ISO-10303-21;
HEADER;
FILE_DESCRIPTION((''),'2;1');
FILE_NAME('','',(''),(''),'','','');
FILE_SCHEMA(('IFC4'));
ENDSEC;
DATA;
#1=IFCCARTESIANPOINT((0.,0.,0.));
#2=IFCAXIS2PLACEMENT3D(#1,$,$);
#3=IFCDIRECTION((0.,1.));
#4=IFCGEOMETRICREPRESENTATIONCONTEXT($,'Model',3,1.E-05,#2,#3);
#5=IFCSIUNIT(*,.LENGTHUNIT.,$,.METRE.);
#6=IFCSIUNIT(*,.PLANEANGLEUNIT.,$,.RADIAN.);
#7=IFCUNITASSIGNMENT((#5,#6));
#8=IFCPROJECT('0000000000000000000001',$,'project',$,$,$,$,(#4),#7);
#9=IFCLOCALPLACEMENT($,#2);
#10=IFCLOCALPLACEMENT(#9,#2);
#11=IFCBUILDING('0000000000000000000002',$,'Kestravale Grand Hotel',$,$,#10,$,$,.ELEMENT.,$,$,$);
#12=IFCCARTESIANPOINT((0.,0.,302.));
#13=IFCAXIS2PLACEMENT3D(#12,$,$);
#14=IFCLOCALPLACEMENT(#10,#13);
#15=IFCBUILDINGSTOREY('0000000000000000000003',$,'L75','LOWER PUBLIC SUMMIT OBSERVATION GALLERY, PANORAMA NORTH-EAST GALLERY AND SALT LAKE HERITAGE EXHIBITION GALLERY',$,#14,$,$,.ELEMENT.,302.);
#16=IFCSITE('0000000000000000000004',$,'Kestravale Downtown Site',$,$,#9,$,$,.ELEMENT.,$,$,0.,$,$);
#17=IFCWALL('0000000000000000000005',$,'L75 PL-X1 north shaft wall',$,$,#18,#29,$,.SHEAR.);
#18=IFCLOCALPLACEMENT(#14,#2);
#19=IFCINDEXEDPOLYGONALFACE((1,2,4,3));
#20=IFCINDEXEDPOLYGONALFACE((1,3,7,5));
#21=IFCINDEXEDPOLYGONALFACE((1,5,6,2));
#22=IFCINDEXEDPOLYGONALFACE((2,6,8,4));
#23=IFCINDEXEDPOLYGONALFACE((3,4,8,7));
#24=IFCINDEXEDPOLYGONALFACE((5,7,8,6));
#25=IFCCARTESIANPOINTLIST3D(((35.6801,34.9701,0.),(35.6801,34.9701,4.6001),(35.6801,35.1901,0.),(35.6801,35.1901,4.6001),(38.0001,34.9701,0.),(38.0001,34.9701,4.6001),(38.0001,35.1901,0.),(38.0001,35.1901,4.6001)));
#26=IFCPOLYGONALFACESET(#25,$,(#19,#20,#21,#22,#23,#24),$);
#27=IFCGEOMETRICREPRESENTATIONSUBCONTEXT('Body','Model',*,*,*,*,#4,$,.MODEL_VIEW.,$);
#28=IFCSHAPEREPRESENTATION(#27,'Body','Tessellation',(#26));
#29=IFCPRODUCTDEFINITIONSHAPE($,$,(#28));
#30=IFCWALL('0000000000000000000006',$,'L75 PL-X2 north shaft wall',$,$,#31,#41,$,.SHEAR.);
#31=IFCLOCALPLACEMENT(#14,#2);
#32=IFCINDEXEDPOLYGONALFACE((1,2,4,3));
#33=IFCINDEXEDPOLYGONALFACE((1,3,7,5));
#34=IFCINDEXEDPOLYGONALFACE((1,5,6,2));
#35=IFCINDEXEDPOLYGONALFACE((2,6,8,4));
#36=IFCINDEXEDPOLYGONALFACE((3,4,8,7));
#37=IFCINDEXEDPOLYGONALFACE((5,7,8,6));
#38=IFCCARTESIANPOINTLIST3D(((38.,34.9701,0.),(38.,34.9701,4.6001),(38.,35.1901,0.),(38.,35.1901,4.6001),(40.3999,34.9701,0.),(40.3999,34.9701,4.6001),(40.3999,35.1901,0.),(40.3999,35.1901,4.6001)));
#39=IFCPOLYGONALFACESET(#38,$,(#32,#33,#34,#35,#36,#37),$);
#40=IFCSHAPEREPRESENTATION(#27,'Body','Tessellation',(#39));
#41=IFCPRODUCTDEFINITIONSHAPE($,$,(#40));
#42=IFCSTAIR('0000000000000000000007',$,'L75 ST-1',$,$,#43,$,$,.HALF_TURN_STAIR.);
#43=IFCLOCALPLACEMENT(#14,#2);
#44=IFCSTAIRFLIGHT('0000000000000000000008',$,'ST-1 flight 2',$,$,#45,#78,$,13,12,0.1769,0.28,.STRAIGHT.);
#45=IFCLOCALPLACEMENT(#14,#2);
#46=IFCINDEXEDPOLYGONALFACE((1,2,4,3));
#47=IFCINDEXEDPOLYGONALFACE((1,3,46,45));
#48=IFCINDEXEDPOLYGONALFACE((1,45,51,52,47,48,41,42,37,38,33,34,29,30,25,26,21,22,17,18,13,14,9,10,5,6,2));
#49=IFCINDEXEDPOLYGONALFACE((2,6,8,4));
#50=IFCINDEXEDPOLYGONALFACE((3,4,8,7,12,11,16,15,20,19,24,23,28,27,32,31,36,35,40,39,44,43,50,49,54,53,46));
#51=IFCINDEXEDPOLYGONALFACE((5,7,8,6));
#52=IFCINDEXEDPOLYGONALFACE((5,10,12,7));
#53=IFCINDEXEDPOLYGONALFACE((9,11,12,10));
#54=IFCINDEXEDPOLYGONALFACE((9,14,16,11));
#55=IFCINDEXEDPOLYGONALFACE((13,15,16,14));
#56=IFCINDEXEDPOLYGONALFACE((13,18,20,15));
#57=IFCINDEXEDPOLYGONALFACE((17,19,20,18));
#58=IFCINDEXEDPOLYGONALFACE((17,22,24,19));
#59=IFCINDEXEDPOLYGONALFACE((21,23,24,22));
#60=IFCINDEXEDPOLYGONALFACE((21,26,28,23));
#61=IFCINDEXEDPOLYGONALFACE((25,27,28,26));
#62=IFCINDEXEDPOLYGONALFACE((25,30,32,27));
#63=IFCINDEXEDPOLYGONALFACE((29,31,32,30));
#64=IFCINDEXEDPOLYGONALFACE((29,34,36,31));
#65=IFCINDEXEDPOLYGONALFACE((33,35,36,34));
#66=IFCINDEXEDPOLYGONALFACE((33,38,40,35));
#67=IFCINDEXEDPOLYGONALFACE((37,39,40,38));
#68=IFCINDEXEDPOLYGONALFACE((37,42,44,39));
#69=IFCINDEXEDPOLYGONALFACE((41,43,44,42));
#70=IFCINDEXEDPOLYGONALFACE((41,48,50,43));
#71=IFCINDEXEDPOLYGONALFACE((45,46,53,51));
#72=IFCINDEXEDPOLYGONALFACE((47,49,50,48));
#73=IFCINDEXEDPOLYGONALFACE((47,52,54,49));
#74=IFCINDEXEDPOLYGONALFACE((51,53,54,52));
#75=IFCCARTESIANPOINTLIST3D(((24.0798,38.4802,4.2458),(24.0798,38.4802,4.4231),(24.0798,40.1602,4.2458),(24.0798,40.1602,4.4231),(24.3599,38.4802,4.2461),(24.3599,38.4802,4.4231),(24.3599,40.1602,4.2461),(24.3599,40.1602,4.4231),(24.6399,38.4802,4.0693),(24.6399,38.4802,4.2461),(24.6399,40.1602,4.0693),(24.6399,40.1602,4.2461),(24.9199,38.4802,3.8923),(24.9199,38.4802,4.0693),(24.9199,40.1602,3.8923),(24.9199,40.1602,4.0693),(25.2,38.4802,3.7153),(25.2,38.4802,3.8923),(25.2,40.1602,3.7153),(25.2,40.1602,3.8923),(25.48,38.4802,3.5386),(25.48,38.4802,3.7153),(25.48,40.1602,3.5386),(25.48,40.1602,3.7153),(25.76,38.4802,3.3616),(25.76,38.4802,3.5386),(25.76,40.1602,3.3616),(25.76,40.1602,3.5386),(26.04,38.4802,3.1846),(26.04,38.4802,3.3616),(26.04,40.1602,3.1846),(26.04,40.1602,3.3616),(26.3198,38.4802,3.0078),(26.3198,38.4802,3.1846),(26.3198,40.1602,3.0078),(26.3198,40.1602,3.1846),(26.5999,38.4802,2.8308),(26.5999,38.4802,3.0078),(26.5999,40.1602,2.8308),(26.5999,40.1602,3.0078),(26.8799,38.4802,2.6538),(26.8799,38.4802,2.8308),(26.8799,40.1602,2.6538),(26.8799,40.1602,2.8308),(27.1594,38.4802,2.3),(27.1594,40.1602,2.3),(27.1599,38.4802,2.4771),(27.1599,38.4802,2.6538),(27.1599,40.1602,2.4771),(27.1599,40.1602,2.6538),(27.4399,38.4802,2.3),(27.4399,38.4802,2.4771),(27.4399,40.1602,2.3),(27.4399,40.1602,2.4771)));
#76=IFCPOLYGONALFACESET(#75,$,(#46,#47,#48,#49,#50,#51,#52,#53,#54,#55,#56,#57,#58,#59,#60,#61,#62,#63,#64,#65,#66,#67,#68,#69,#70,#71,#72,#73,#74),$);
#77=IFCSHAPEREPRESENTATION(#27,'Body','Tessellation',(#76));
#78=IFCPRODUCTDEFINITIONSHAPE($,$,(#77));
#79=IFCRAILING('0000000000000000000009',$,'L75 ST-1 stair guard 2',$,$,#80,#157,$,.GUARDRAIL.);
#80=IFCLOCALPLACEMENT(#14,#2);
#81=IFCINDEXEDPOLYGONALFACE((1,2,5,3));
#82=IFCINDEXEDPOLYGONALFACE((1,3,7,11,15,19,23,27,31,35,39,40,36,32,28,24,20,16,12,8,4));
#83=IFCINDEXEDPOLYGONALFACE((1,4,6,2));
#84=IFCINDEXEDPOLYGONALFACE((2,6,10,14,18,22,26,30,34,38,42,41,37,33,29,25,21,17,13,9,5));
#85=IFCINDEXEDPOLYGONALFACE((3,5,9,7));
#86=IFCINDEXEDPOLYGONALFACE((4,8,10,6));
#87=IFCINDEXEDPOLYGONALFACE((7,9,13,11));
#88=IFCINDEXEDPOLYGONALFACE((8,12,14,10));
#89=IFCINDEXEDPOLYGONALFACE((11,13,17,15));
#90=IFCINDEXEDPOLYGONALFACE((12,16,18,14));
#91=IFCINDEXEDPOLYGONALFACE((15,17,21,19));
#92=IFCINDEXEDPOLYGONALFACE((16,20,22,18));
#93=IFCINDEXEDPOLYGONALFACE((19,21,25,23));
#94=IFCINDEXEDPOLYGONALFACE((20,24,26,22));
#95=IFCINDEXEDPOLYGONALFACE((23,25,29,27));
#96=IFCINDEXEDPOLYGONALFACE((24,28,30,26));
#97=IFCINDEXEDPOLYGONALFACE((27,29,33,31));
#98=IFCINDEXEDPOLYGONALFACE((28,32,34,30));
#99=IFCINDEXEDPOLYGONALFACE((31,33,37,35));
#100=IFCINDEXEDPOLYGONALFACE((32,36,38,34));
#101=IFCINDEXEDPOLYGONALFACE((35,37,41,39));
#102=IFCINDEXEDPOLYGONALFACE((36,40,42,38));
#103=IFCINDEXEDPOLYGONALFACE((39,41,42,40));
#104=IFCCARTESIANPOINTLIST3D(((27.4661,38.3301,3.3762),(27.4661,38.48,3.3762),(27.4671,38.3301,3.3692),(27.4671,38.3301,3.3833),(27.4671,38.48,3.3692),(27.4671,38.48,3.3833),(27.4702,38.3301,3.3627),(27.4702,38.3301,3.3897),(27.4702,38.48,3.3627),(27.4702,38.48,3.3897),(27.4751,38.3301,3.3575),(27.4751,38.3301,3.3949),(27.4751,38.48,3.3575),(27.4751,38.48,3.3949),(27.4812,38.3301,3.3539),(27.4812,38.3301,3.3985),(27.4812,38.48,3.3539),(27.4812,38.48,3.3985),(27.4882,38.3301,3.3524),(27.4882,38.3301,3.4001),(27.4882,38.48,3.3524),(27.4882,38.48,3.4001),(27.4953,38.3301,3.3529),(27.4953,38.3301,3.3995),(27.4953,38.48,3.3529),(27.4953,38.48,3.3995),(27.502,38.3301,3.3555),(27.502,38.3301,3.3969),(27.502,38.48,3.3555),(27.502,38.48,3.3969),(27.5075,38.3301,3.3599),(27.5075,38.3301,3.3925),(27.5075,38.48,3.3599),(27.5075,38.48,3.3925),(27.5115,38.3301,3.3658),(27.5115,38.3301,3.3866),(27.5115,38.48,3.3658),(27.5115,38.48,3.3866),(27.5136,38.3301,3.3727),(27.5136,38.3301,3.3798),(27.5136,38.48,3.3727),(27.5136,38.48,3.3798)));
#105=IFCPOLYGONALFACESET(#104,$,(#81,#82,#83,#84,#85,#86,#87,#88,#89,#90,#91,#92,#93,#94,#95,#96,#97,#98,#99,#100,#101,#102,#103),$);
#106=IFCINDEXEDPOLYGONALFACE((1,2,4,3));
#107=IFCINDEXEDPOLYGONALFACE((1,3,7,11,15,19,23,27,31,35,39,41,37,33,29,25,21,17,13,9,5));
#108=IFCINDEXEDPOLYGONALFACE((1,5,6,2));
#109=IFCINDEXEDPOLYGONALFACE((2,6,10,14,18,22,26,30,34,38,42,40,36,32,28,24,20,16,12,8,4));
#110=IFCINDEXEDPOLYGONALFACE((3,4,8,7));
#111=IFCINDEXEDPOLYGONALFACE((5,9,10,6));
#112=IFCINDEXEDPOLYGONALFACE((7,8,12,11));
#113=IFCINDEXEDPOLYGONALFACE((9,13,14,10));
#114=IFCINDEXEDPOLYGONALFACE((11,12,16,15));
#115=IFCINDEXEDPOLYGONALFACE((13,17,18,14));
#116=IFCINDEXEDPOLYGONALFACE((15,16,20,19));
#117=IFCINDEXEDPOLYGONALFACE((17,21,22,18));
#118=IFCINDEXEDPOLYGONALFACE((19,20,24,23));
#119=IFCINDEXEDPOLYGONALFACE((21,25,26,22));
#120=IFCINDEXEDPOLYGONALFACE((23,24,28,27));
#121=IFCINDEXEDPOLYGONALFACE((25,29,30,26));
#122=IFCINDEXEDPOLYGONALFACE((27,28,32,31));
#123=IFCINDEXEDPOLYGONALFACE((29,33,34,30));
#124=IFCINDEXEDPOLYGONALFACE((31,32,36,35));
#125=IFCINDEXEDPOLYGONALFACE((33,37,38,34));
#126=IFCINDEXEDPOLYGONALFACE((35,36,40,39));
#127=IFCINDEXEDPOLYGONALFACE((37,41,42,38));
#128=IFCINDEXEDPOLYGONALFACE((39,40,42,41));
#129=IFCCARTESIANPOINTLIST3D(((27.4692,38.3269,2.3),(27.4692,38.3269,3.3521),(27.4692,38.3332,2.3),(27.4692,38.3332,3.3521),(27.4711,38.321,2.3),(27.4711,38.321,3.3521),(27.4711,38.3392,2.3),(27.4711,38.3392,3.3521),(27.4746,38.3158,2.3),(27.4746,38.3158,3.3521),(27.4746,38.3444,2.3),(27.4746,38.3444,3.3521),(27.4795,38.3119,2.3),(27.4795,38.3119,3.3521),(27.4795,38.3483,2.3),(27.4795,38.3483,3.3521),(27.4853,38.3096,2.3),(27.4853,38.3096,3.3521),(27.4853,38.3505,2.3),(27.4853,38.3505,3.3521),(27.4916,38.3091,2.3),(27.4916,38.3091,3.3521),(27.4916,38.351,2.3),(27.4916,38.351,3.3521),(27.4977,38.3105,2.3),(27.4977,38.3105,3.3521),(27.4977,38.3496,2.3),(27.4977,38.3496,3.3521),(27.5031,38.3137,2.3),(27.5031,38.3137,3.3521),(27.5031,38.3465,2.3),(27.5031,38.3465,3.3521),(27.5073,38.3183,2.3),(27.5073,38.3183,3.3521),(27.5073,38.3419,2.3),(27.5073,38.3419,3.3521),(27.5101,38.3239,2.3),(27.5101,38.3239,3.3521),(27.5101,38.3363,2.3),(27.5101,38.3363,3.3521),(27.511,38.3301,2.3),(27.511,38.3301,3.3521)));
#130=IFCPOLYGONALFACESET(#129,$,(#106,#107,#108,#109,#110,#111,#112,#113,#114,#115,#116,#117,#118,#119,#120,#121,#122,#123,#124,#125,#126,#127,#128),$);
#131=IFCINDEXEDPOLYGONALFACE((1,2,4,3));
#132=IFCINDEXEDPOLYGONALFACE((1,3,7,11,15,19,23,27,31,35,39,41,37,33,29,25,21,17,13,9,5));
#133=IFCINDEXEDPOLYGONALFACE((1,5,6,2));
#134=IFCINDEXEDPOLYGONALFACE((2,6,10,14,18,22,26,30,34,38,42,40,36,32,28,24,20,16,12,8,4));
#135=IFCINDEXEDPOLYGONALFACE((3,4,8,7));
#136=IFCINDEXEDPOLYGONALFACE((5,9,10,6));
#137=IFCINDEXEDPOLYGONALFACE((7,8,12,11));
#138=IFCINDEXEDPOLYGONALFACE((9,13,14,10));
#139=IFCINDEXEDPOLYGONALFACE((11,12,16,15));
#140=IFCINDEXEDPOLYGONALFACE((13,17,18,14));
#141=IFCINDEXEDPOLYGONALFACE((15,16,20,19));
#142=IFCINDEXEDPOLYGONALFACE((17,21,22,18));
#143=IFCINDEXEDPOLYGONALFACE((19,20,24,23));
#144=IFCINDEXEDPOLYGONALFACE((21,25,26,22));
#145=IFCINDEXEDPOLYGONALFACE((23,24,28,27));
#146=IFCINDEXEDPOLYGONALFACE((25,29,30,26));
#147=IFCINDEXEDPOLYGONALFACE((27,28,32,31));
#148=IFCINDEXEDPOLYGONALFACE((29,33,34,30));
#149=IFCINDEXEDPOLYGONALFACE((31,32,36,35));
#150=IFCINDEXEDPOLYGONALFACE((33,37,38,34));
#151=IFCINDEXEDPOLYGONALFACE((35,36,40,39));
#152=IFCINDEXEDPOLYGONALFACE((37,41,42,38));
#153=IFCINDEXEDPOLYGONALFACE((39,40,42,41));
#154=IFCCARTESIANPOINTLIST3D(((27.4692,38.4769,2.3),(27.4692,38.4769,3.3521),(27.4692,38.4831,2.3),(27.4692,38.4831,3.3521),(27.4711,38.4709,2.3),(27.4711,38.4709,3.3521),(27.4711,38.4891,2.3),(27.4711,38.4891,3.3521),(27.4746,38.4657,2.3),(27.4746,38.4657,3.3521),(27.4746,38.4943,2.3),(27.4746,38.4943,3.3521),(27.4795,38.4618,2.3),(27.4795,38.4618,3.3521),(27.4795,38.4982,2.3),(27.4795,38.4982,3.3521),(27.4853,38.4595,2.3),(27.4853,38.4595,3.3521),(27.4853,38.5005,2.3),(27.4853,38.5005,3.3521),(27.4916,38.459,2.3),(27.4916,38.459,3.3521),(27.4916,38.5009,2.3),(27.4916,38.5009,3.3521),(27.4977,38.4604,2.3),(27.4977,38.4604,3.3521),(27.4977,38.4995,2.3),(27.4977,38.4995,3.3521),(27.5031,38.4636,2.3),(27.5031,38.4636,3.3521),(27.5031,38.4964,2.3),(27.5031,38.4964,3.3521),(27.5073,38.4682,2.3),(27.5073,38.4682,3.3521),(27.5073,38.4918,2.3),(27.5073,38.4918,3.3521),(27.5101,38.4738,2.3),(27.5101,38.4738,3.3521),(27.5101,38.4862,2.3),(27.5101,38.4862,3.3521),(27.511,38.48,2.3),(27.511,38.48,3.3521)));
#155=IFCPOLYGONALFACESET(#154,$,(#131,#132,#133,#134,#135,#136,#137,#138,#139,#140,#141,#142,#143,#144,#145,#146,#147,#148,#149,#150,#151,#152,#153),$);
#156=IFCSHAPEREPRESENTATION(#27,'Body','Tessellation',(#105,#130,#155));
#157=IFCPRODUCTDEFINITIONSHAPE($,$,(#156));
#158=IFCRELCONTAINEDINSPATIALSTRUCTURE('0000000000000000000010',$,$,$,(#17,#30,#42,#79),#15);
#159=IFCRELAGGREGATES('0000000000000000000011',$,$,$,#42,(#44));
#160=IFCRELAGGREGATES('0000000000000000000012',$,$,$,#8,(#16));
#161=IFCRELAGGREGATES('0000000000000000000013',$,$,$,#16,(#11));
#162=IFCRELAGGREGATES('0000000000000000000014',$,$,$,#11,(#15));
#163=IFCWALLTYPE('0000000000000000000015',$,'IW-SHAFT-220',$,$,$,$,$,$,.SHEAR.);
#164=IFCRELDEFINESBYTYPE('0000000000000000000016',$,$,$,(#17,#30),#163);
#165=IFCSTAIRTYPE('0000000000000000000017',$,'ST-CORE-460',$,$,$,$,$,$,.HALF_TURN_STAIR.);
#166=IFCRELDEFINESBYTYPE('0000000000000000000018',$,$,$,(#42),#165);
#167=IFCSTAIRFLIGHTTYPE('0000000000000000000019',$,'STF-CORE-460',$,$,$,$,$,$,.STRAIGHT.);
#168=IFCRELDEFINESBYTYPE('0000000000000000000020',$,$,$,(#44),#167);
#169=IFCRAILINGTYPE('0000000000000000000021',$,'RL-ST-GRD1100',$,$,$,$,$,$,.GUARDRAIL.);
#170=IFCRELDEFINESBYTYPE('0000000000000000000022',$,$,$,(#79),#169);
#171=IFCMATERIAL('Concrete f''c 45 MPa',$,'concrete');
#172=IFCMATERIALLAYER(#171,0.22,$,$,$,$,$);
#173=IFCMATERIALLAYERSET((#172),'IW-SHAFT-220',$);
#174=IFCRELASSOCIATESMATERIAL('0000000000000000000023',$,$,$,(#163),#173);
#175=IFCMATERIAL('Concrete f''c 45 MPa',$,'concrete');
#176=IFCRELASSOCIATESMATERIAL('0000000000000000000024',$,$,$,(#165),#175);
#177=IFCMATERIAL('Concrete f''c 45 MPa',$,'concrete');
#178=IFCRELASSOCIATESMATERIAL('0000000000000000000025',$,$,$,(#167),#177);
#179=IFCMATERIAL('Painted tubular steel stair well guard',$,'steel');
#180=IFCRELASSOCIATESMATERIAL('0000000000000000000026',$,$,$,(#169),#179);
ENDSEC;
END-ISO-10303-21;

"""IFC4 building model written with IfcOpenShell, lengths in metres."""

from ifc_helpers import new_model, si_unit, direction, frame, frame_2d, origin, origin_2d, place, context, subcontext, project, spatial, polyline, rectangle, circle, outline, extrude, material, layer, layer_set, type_object, element, aggregate, save


model = new_model("IFC4")

# Units and contexts
model_context = context("Model", 3, precision=1e-05, world=origin(), true_north=direction((0.0, 1.0)))
body_context = subcontext(model_context, "Body", "Model", "MODEL_VIEW")
ifc_project = project(units=[si_unit("LENGTHUNIT", "METRE"), si_unit("PLANEANGLEUNIT", "RADIAN")], contexts=[model_context])

# Site, building, storey
site_placement = place(None, origin())
site = spatial("IfcSite", under=ifc_project, at=site_placement, Name="Kestravale Downtown Site", CompositionType="ELEMENT", RefElevation=0.0)
building_placement = place(site_placement, origin())
building = spatial("IfcBuilding", under=site, at=building_placement, Name="Kestravale Grand Hotel", CompositionType="ELEMENT")
storey_placement = place(building_placement, frame((0.0, 0.0, 302.0)))
storey = spatial("IfcBuildingStorey", under=building, at=storey_placement, Name="L75", Description="LOWER PUBLIC SUMMIT OBSERVATION GALLERY, PANORAMA NORTH-EAST GALLERY AND SALT LAKE HERITAGE EXHIBITION GALLERY", CompositionType="ELEMENT", Elevation=302.0)

# Walls
ifc_material_1 = material(Name="Concrete f'c 45 MPa", Category="concrete")
ifc_layer_1 = layer(ifc_material_1, 0.22)
ifc_layer_set_1 = layer_set([ifc_layer_1], Name="IW-SHAFT-220")
wall_type_1 = type_object("IfcWallType", Name="IW-SHAFT-220", PredefinedType="SHEAR", material=ifc_layer_set_1)
wall_1_placement = place(storey_placement, frame((35.6799, 35.0801, 0.0), z_axis=(0.0, 0.0, 1.0), x_axis=(1.0, 0.0, 0.0)))
element("IfcWall", 1, at=wall_1_placement, inside=storey, type_object=wall_type_1, Name="L75 PL-X1 north shaft wall", PredefinedType="SHEAR", context=body_context, shape_type="SweptSolid", body=[
    extrude(rectangle(XDim=2.3201, YDim=0.22, at=frame_2d((1.1602, 0.0))), origin(), (0.0, 0.0, 1.0), 4.6001),
])
wall_2_placement = place(storey_placement, frame((38.0, 35.0801, 0.0), z_axis=(0.0, 0.0, 1.0), x_axis=(1.0, 0.0, 0.0)))
element("IfcWall", 2, at=wall_2_placement, inside=storey, type_object=wall_type_1, Name="L75 PL-X2 north shaft wall", PredefinedType="SHEAR", context=body_context, shape_type="SweptSolid", body=[
    extrude(rectangle(XDim=2.3999, YDim=0.22, at=frame_2d((1.2, 0.0))), origin(), (0.0, 0.0, 1.0), 4.6001),
])

# Stair, stair flight
ifc_material_2 = material(Name="Concrete f'c 45 MPa", Category="concrete")
stair_type = type_object("IfcStairType", Name="ST-CORE-460", PredefinedType="HALF_TURN_STAIR", material=ifc_material_2)
stair_placement = place(storey_placement, origin())
stair = element("IfcStair", 3, at=stair_placement, inside=storey, type_object=stair_type, Name="L75 ST-1", PredefinedType="HALF_TURN_STAIR")
ifc_material_3 = material(Name="Concrete f'c 45 MPa", Category="concrete")
stair_flight_type = type_object("IfcStairFlightType", Name="STF-CORE-460", PredefinedType="STRAIGHT", material=ifc_material_3)
stair_flight_placement = place(storey_placement, frame((27.4399, 39.3201, 2.3), z_axis=(0.0, 0.0, 1.0), x_axis=(-1.0, 0.0, 0.0)))
stair_flight = element("IfcStairFlight", 4, at=stair_flight_placement, type_object=stair_flight_type, Name="ST-1 flight 2", NumberOfRisers=13, NumberOfTreads=12, PredefinedType="STRAIGHT", RiserHeight=0.1769, TreadLength=0.28, context=body_context, shape_type="SweptSolid", body=[
    extrude(outline(polyline([(0.0, 0.0), (0.0, 0.177), (0.28, 0.177), (0.28, 0.3538), (0.5601, 0.3538), (0.5601, 0.5308), (0.8401, 0.5308), (0.8401, 0.7078), (1.1201, 0.7078), (1.1201, 0.8845), (1.3999, 0.8845), (1.3999, 1.0615), (1.6799, 1.0615), (1.6799, 1.2385), (1.96, 1.2385), (1.96, 1.4153), (2.24, 1.4153), (2.24, 1.5923), (2.52, 1.5923), (2.52, 1.7693), (2.8, 1.7693), (2.8, 1.946), (3.0801, 1.946), (3.0801, 2.123), (3.3601, 2.123), (3.3601, 2.3), (3.3601, 1.9458), (0.2805, 0.0), (0.0, 0.0)])), frame((0.0, 0.8398, 0.0), z_axis=(0.0, -1.0, 0.0), x_axis=(1.0, 0.0, 0.0)), (0.0, 0.0, 1.0), 1.6799),
])
aggregate(stair, [stair_flight])

# Railing
ifc_material_4 = material(Name="Painted tubular steel stair well guard", Category="steel")
railing_type_1 = type_object("IfcRailingType", Name="RL-ST-GRD1100", PredefinedType="GUARDRAIL", material=ifc_material_4)
for number, where, name in (
    (5, (27.49, 38.3301, 2.3), "L75 ST-1 stair guard 2"),
):
    element("IfcRailing", number, at=place(storey_placement, frame(where)), inside=storey, type_object=railing_type_1, Name=name, PredefinedType="GUARDRAIL", context=body_context, shape_type="SweptSolid", body=[
        extrude(circle(Radius=0.0239, at=origin_2d()), frame((0.0, 0.0, 1.0762), z_axis=(0.0, 1.0, 0.0), x_axis=(-1.0, 0.0, 0.0)), (0.0, 0.0, 1.0), 0.1499),
        extrude(circle(Radius=0.021, at=origin_2d()), origin(), (0.0, 0.0, 1.0), 1.052),
        extrude(circle(Radius=0.021, at=origin_2d()), frame((0.0, 0.1499, 0.0)), (0.0, 0.0, 1.0), 1.052),
    ])

save(model, "model.ifc")
